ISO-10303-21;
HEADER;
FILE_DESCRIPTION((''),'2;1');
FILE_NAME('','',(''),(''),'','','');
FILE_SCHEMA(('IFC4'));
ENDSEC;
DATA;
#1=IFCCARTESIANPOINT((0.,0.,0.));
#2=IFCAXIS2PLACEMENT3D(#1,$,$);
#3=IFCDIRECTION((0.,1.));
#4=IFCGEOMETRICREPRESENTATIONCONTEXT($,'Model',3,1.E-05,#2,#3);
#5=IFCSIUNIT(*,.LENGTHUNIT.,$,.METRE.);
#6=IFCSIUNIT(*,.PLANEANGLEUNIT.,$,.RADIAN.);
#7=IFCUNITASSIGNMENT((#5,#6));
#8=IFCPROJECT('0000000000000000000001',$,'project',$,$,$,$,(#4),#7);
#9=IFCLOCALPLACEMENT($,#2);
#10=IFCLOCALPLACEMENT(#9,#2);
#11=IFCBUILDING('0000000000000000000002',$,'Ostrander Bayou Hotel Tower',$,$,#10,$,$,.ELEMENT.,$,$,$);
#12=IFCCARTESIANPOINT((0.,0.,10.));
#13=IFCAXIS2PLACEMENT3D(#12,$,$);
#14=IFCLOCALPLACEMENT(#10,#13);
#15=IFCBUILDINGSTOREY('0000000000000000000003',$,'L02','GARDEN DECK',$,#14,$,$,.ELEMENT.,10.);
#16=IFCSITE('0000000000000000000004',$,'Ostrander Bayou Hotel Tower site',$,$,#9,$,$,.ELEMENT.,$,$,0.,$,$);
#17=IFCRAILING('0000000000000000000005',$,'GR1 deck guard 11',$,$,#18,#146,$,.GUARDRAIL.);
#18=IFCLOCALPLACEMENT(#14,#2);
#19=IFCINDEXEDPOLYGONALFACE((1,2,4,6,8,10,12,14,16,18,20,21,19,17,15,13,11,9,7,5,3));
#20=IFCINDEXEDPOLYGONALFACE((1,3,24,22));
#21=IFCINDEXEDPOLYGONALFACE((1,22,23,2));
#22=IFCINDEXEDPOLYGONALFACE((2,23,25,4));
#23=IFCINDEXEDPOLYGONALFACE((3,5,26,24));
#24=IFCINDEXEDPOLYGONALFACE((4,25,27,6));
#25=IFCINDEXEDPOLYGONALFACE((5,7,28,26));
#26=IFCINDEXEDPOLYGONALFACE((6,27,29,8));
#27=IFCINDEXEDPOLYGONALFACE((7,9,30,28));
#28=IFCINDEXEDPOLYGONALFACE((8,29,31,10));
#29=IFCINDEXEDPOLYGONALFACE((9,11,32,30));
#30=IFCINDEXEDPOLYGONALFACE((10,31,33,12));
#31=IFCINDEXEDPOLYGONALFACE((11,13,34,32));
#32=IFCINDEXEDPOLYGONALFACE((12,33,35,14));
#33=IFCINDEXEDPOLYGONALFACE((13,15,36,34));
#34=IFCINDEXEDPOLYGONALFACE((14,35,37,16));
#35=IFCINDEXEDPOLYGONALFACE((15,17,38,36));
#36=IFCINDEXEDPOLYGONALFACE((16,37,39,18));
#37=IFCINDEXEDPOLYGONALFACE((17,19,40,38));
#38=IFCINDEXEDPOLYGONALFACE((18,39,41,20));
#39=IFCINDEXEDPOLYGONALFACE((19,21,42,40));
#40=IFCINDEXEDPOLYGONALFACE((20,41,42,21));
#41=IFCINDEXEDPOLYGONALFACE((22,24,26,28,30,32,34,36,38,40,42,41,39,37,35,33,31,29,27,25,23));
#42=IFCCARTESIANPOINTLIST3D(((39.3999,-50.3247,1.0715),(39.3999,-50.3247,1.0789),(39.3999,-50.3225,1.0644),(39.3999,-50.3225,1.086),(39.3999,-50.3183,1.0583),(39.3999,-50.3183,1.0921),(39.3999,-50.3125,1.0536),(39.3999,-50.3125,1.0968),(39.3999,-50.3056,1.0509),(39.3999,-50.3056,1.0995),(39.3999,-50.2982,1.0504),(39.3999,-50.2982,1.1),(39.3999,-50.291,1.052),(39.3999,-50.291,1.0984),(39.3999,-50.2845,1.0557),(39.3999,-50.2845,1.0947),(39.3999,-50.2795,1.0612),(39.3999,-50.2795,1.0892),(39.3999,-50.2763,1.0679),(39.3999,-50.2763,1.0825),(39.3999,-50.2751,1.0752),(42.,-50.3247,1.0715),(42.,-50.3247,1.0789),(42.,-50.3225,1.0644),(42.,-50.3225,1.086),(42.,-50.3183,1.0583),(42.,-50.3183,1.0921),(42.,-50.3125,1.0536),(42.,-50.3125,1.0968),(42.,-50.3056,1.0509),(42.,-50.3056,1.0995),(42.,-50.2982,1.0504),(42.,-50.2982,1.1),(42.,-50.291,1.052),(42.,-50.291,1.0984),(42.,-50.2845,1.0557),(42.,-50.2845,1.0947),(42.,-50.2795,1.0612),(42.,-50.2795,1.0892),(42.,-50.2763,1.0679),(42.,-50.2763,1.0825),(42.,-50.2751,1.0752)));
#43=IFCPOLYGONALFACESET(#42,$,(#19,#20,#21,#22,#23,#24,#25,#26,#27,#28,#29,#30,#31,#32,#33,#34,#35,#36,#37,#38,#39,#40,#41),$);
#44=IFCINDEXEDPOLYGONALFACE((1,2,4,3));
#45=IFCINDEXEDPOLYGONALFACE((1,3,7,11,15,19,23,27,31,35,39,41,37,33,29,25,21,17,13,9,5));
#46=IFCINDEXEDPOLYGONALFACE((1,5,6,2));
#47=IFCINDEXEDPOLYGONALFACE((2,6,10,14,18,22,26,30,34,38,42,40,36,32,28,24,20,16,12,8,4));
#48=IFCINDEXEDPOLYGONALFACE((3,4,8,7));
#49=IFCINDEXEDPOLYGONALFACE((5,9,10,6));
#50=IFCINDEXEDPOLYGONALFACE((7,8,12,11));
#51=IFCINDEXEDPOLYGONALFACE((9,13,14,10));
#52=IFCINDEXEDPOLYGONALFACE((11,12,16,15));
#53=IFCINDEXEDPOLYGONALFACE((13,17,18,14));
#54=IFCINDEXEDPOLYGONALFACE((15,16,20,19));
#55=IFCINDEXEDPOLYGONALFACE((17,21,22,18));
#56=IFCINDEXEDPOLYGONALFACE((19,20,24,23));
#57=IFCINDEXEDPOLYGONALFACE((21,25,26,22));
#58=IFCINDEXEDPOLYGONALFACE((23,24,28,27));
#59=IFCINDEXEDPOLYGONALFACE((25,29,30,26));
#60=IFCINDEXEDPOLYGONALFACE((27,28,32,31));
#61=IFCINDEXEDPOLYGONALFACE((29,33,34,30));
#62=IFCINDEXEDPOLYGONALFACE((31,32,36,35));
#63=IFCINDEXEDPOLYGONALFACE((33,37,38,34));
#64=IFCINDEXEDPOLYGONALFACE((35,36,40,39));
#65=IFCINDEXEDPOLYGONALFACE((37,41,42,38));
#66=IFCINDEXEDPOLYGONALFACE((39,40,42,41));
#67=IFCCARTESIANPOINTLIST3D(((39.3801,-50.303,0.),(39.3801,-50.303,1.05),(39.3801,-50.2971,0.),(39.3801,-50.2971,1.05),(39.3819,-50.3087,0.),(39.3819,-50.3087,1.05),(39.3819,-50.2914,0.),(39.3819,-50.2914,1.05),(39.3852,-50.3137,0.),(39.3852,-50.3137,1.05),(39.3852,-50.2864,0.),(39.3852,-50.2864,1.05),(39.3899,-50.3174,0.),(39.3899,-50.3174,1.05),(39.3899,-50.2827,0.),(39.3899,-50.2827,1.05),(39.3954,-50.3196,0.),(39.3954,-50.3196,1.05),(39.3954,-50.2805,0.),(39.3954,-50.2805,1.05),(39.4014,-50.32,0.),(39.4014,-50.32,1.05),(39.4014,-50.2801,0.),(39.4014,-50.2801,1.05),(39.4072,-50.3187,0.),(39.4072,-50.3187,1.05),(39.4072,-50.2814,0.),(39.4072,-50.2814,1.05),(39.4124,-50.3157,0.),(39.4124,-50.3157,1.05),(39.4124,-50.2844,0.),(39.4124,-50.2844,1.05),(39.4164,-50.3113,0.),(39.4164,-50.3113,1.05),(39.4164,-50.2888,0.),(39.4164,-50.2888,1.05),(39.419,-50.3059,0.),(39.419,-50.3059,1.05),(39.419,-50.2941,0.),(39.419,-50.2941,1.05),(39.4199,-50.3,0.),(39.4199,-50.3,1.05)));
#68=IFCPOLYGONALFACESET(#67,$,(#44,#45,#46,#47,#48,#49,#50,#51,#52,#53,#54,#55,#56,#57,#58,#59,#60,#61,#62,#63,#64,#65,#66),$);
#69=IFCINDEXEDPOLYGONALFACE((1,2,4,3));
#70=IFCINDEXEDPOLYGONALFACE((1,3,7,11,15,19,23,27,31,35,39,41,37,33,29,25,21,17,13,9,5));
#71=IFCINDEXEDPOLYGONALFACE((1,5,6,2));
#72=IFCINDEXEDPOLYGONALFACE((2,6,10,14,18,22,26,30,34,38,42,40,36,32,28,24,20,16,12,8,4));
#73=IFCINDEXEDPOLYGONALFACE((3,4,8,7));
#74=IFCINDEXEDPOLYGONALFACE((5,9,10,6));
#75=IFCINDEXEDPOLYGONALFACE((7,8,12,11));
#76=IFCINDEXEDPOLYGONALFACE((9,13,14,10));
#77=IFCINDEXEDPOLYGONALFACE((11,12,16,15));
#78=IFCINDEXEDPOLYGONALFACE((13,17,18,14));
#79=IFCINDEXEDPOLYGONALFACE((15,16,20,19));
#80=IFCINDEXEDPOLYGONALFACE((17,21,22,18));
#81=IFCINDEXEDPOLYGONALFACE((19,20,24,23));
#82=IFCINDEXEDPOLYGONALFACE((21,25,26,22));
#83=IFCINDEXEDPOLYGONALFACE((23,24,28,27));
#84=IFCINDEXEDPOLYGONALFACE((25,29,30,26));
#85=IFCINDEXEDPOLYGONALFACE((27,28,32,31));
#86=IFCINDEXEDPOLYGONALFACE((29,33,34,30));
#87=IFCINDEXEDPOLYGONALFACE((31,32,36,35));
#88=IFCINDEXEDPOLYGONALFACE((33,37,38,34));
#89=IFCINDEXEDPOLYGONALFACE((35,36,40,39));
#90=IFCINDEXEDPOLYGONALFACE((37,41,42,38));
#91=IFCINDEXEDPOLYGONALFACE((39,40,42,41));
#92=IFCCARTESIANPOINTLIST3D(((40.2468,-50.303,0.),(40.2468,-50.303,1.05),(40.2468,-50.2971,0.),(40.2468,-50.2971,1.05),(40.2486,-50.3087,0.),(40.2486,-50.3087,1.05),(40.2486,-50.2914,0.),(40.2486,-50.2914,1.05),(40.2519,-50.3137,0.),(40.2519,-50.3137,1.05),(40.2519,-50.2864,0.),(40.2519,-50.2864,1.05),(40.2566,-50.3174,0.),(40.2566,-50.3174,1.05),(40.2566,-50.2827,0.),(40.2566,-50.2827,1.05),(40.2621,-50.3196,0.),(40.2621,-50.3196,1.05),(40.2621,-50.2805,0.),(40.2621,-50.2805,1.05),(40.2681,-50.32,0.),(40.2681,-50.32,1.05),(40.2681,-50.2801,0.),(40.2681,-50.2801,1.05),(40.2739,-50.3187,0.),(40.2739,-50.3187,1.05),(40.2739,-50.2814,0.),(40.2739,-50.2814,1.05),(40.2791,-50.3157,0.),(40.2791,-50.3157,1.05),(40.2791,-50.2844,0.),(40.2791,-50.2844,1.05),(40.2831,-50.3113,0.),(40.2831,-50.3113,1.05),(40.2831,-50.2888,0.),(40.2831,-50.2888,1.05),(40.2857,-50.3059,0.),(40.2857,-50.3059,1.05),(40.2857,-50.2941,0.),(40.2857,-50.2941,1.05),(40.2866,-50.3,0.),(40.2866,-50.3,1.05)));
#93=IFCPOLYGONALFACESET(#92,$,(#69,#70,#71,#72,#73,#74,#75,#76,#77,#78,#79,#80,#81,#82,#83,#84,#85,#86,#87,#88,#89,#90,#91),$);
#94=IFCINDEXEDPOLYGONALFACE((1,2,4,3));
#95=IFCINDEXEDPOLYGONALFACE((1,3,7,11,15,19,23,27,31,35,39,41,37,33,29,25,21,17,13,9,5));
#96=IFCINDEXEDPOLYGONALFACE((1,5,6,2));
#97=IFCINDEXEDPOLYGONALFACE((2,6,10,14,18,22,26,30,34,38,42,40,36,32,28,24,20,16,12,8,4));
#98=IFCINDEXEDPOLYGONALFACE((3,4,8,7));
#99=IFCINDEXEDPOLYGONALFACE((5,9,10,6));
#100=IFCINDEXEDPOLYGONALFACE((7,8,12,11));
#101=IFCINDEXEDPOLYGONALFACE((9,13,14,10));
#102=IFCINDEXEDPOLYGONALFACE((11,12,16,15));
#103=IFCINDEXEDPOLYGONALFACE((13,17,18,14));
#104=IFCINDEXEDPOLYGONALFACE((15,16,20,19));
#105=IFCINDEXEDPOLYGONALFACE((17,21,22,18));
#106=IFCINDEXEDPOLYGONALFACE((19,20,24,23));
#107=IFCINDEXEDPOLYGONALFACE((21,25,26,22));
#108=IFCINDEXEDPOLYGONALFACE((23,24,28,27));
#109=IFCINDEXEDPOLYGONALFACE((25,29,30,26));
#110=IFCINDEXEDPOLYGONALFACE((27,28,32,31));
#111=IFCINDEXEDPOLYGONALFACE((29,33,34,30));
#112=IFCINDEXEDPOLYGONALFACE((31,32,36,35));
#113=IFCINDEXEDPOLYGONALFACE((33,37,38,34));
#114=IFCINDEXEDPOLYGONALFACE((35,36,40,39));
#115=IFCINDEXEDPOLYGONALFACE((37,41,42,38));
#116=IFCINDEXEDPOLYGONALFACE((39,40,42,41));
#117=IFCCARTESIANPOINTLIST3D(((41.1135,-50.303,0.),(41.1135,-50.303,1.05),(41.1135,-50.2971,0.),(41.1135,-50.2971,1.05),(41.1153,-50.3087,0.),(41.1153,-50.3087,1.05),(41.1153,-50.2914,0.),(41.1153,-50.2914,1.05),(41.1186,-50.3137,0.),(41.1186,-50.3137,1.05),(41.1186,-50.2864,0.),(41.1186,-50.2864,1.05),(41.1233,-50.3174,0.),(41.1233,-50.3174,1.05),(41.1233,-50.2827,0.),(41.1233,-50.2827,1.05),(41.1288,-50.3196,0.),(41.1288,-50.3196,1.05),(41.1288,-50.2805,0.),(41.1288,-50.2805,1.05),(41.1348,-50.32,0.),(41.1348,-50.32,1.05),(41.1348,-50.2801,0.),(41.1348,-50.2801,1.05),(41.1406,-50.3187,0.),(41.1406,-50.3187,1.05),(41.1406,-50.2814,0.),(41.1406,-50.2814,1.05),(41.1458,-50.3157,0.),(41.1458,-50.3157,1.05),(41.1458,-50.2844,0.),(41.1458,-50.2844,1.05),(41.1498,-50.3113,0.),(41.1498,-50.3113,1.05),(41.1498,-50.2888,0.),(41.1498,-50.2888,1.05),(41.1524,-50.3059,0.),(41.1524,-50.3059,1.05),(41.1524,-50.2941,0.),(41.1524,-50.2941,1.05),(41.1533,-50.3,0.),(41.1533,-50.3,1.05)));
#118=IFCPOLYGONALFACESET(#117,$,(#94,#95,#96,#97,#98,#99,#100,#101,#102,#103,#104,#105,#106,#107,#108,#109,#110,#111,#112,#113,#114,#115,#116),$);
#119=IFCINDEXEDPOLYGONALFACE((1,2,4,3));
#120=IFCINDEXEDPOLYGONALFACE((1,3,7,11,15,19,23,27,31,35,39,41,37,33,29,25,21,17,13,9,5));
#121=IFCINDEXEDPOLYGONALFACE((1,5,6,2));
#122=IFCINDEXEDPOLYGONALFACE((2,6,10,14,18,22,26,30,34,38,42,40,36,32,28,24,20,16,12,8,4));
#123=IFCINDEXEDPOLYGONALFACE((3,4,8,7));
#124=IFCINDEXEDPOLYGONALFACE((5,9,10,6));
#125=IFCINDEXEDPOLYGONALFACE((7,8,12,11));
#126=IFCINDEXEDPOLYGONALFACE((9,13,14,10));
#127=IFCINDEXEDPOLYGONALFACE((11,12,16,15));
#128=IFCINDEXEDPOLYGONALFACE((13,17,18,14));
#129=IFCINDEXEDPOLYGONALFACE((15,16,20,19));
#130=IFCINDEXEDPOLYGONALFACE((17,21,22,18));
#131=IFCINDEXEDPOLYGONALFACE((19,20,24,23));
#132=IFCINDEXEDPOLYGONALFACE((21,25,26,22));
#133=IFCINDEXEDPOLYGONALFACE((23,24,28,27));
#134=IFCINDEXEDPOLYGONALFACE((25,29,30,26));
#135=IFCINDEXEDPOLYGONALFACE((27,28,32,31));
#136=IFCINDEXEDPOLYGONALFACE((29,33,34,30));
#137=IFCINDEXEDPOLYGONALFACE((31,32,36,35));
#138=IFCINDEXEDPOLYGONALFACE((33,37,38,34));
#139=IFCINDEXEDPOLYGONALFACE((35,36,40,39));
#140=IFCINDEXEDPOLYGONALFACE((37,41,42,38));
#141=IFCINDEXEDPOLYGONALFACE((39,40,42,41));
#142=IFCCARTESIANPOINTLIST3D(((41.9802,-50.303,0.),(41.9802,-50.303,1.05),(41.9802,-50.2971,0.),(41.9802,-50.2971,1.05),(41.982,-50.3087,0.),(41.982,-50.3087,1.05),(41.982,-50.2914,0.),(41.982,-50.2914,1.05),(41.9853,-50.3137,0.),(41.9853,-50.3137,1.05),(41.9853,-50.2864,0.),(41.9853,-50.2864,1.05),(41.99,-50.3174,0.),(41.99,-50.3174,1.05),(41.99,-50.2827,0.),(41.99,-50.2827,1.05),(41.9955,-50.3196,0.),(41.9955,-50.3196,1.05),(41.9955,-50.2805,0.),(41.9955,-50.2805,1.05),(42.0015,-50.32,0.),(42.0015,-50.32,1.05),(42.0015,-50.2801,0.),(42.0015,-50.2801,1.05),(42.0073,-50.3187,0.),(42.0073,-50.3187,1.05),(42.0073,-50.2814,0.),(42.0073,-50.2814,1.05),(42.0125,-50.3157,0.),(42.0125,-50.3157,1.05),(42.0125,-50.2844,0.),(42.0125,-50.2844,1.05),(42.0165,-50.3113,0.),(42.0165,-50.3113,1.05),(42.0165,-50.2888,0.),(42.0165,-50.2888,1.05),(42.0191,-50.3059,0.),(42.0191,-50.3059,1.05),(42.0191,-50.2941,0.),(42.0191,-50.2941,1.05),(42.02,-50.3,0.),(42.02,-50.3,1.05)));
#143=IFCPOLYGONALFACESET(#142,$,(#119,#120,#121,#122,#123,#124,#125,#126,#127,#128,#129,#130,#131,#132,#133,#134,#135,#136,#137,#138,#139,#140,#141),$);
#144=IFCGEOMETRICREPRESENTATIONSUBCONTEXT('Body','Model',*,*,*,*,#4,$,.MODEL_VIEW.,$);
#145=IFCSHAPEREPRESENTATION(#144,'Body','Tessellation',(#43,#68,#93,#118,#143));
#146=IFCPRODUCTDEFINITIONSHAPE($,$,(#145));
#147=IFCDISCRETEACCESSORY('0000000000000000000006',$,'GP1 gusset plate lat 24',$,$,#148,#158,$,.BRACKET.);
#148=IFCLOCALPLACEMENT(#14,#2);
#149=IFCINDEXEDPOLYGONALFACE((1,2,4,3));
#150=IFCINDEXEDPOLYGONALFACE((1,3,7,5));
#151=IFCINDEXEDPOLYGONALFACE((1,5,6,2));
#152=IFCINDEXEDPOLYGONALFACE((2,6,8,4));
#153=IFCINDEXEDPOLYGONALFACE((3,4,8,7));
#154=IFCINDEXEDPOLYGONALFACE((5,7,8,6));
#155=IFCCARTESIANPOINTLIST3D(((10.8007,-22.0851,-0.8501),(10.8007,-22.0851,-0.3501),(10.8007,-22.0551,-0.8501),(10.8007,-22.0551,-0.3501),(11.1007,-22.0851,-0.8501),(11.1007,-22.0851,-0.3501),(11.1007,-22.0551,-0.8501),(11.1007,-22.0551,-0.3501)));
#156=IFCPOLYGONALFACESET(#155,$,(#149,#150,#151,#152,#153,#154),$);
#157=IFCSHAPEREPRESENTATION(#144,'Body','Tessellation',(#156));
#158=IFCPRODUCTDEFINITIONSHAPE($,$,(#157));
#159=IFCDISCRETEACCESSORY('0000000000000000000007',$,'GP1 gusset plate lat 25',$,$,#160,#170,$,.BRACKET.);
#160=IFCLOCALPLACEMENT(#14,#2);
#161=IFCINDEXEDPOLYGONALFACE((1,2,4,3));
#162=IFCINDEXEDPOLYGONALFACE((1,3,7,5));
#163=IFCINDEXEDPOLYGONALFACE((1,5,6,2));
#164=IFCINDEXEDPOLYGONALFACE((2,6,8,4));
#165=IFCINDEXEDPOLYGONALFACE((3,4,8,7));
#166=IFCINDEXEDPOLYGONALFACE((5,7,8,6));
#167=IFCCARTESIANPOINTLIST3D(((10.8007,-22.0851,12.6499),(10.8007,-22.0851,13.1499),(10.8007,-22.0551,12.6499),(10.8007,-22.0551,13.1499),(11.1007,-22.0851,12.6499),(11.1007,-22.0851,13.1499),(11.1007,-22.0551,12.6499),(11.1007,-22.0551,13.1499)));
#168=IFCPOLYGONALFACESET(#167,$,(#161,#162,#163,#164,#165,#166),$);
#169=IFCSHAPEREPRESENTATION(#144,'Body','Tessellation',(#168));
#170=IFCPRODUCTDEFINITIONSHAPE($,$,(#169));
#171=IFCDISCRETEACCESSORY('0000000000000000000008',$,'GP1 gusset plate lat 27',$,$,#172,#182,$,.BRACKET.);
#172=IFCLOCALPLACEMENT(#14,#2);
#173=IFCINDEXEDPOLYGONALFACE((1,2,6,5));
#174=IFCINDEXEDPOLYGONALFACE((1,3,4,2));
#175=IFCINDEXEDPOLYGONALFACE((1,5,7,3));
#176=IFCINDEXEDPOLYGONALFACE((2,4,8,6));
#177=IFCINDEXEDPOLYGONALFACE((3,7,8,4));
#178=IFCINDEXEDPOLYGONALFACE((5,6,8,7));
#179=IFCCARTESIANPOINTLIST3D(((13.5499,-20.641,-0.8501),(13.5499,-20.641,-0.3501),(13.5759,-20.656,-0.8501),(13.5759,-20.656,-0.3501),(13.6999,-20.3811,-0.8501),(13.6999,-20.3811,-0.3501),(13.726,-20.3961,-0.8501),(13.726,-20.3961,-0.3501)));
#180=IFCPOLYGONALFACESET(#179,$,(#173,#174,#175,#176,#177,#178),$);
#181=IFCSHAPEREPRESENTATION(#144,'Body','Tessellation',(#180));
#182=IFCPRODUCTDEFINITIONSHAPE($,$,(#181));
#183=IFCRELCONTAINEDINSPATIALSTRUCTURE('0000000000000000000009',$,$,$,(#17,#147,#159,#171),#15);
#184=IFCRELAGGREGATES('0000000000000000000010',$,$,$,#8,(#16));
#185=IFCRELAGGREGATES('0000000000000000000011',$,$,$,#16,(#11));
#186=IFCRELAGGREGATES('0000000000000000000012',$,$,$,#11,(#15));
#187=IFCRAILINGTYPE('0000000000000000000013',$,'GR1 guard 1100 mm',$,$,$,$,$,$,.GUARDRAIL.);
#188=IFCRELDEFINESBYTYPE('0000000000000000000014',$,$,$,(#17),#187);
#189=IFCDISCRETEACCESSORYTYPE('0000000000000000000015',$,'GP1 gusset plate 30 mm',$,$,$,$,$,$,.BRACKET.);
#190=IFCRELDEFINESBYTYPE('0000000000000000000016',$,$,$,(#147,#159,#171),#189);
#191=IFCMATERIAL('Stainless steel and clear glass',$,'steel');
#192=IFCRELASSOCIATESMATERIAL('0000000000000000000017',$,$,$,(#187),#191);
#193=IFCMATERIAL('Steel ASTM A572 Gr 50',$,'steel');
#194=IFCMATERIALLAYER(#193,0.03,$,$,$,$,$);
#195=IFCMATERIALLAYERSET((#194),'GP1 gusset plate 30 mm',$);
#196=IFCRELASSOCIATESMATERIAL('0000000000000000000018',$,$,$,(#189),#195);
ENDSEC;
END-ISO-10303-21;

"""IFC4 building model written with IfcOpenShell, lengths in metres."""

from ifc_helpers import new_model, si_unit, direction, frame, origin, origin_2d, place, context, subcontext, project, spatial, rectangle, circle, extrude, material, layer, layer_set, type_object, element, save


model = new_model("IFC4")

# Units and contexts
model_context = context("Model", 3, precision=1e-05, world=origin(), true_north=direction((0.0, 1.0)))
body_context = subcontext(model_context, "Body", "Model", "MODEL_VIEW")
ifc_project = project(units=[si_unit("LENGTHUNIT", "METRE"), si_unit("PLANEANGLEUNIT", "RADIAN")], contexts=[model_context])

# Site, building, storey
site_placement = place(None, origin())
site = spatial("IfcSite", under=ifc_project, at=site_placement, Name="Ostrander Bayou Hotel Tower site", CompositionType="ELEMENT", RefElevation=0.0)
building_placement = place(site_placement, origin())
building = spatial("IfcBuilding", under=site, at=building_placement, Name="Ostrander Bayou Hotel Tower", CompositionType="ELEMENT")
storey_placement = place(building_placement, frame((0.0, 0.0, 10.0)))
storey = spatial("IfcBuildingStorey", under=building, at=storey_placement, Name="L02", Description="GARDEN DECK", CompositionType="ELEMENT", Elevation=10.0)

# Railing
ifc_material_1 = material(Name="Stainless steel and clear glass", Category="steel")
railing_type = type_object("IfcRailingType", Name="GR1 guard 1100 mm", PredefinedType="GUARDRAIL", material=ifc_material_1)
railing_1_placement = place(storey_placement, frame((39.3999, -50.3, 0.0)))
element("IfcRailing", 1, at=railing_1_placement, inside=storey, type_object=railing_type, Name="GR1 deck guard 11", PredefinedType="GUARDRAIL", context=body_context, shape_type="SweptSolid", body=[
    extrude(circle(Radius=0.0249, at=origin_2d()), frame((0.0, 0.0, 1.0752), z_axis=(1.0, 0.0, 0.0), x_axis=(0.0, 1.0, 0.0)), (0.0, 0.0, 1.0), 2.6001),
    extrude(circle(Radius=0.02, at=origin_2d()), origin(), (0.0, 0.0, 1.0), 1.05),
    extrude(circle(Radius=0.02, at=origin_2d()), frame((0.8667, 0.0, 0.0)), (0.0, 0.0, 1.0), 1.05),
    extrude(circle(Radius=0.02, at=origin_2d()), frame((1.7334, 0.0, 0.0)), (0.0, 0.0, 1.0), 1.05),
    extrude(circle(Radius=0.02, at=origin_2d()), frame((2.6001, 0.0, 0.0)), (0.0, 0.0, 1.0), 1.05),
])

# Discrete accessories
ifc_material_2 = material(Name="Steel ASTM A572 Gr 50", Category="steel")
ifc_layer_1 = layer(ifc_material_2, 0.03)
ifc_layer_set_1 = layer_set([ifc_layer_1], Name="GP1 gusset plate 30 mm")
discrete_accessory_type = type_object("IfcDiscreteAccessoryType", Name="GP1 gusset plate 30 mm", PredefinedType="BRACKET", material=ifc_layer_set_1)
for number, where, z_axis, x_axis, name in (
    (2, (10.9507, -22.0701, -0.8501), (0.0, 0.0, 1.0), (1.0, 0.0, 0.0), "GP1 gusset plate lat 24"),
    (3, (10.9507, -22.0701, 12.6499), (0.0, 0.0, 1.0), (1.0, 0.0, 0.0), "GP1 gusset plate lat 25"),
    (4, (13.6379, -20.5186, -0.8501), (0.0, 0.0, 1.0), (0.5, 0.866025, 0.0), "GP1 gusset plate lat 27"),
):
    element("IfcDiscreteAccessory", number, at=place(storey_placement, frame(where, z_axis=z_axis, x_axis=x_axis)), inside=storey, type_object=discrete_accessory_type, Name=name, PredefinedType="BRACKET", context=body_context, shape_type="SweptSolid", body=[
        extrude(rectangle(XDim=0.3, YDim=0.03, at=origin_2d()), origin(), (0.0, 0.0, 1.0), 0.5),
    ])

save(model, "model.ifc")
